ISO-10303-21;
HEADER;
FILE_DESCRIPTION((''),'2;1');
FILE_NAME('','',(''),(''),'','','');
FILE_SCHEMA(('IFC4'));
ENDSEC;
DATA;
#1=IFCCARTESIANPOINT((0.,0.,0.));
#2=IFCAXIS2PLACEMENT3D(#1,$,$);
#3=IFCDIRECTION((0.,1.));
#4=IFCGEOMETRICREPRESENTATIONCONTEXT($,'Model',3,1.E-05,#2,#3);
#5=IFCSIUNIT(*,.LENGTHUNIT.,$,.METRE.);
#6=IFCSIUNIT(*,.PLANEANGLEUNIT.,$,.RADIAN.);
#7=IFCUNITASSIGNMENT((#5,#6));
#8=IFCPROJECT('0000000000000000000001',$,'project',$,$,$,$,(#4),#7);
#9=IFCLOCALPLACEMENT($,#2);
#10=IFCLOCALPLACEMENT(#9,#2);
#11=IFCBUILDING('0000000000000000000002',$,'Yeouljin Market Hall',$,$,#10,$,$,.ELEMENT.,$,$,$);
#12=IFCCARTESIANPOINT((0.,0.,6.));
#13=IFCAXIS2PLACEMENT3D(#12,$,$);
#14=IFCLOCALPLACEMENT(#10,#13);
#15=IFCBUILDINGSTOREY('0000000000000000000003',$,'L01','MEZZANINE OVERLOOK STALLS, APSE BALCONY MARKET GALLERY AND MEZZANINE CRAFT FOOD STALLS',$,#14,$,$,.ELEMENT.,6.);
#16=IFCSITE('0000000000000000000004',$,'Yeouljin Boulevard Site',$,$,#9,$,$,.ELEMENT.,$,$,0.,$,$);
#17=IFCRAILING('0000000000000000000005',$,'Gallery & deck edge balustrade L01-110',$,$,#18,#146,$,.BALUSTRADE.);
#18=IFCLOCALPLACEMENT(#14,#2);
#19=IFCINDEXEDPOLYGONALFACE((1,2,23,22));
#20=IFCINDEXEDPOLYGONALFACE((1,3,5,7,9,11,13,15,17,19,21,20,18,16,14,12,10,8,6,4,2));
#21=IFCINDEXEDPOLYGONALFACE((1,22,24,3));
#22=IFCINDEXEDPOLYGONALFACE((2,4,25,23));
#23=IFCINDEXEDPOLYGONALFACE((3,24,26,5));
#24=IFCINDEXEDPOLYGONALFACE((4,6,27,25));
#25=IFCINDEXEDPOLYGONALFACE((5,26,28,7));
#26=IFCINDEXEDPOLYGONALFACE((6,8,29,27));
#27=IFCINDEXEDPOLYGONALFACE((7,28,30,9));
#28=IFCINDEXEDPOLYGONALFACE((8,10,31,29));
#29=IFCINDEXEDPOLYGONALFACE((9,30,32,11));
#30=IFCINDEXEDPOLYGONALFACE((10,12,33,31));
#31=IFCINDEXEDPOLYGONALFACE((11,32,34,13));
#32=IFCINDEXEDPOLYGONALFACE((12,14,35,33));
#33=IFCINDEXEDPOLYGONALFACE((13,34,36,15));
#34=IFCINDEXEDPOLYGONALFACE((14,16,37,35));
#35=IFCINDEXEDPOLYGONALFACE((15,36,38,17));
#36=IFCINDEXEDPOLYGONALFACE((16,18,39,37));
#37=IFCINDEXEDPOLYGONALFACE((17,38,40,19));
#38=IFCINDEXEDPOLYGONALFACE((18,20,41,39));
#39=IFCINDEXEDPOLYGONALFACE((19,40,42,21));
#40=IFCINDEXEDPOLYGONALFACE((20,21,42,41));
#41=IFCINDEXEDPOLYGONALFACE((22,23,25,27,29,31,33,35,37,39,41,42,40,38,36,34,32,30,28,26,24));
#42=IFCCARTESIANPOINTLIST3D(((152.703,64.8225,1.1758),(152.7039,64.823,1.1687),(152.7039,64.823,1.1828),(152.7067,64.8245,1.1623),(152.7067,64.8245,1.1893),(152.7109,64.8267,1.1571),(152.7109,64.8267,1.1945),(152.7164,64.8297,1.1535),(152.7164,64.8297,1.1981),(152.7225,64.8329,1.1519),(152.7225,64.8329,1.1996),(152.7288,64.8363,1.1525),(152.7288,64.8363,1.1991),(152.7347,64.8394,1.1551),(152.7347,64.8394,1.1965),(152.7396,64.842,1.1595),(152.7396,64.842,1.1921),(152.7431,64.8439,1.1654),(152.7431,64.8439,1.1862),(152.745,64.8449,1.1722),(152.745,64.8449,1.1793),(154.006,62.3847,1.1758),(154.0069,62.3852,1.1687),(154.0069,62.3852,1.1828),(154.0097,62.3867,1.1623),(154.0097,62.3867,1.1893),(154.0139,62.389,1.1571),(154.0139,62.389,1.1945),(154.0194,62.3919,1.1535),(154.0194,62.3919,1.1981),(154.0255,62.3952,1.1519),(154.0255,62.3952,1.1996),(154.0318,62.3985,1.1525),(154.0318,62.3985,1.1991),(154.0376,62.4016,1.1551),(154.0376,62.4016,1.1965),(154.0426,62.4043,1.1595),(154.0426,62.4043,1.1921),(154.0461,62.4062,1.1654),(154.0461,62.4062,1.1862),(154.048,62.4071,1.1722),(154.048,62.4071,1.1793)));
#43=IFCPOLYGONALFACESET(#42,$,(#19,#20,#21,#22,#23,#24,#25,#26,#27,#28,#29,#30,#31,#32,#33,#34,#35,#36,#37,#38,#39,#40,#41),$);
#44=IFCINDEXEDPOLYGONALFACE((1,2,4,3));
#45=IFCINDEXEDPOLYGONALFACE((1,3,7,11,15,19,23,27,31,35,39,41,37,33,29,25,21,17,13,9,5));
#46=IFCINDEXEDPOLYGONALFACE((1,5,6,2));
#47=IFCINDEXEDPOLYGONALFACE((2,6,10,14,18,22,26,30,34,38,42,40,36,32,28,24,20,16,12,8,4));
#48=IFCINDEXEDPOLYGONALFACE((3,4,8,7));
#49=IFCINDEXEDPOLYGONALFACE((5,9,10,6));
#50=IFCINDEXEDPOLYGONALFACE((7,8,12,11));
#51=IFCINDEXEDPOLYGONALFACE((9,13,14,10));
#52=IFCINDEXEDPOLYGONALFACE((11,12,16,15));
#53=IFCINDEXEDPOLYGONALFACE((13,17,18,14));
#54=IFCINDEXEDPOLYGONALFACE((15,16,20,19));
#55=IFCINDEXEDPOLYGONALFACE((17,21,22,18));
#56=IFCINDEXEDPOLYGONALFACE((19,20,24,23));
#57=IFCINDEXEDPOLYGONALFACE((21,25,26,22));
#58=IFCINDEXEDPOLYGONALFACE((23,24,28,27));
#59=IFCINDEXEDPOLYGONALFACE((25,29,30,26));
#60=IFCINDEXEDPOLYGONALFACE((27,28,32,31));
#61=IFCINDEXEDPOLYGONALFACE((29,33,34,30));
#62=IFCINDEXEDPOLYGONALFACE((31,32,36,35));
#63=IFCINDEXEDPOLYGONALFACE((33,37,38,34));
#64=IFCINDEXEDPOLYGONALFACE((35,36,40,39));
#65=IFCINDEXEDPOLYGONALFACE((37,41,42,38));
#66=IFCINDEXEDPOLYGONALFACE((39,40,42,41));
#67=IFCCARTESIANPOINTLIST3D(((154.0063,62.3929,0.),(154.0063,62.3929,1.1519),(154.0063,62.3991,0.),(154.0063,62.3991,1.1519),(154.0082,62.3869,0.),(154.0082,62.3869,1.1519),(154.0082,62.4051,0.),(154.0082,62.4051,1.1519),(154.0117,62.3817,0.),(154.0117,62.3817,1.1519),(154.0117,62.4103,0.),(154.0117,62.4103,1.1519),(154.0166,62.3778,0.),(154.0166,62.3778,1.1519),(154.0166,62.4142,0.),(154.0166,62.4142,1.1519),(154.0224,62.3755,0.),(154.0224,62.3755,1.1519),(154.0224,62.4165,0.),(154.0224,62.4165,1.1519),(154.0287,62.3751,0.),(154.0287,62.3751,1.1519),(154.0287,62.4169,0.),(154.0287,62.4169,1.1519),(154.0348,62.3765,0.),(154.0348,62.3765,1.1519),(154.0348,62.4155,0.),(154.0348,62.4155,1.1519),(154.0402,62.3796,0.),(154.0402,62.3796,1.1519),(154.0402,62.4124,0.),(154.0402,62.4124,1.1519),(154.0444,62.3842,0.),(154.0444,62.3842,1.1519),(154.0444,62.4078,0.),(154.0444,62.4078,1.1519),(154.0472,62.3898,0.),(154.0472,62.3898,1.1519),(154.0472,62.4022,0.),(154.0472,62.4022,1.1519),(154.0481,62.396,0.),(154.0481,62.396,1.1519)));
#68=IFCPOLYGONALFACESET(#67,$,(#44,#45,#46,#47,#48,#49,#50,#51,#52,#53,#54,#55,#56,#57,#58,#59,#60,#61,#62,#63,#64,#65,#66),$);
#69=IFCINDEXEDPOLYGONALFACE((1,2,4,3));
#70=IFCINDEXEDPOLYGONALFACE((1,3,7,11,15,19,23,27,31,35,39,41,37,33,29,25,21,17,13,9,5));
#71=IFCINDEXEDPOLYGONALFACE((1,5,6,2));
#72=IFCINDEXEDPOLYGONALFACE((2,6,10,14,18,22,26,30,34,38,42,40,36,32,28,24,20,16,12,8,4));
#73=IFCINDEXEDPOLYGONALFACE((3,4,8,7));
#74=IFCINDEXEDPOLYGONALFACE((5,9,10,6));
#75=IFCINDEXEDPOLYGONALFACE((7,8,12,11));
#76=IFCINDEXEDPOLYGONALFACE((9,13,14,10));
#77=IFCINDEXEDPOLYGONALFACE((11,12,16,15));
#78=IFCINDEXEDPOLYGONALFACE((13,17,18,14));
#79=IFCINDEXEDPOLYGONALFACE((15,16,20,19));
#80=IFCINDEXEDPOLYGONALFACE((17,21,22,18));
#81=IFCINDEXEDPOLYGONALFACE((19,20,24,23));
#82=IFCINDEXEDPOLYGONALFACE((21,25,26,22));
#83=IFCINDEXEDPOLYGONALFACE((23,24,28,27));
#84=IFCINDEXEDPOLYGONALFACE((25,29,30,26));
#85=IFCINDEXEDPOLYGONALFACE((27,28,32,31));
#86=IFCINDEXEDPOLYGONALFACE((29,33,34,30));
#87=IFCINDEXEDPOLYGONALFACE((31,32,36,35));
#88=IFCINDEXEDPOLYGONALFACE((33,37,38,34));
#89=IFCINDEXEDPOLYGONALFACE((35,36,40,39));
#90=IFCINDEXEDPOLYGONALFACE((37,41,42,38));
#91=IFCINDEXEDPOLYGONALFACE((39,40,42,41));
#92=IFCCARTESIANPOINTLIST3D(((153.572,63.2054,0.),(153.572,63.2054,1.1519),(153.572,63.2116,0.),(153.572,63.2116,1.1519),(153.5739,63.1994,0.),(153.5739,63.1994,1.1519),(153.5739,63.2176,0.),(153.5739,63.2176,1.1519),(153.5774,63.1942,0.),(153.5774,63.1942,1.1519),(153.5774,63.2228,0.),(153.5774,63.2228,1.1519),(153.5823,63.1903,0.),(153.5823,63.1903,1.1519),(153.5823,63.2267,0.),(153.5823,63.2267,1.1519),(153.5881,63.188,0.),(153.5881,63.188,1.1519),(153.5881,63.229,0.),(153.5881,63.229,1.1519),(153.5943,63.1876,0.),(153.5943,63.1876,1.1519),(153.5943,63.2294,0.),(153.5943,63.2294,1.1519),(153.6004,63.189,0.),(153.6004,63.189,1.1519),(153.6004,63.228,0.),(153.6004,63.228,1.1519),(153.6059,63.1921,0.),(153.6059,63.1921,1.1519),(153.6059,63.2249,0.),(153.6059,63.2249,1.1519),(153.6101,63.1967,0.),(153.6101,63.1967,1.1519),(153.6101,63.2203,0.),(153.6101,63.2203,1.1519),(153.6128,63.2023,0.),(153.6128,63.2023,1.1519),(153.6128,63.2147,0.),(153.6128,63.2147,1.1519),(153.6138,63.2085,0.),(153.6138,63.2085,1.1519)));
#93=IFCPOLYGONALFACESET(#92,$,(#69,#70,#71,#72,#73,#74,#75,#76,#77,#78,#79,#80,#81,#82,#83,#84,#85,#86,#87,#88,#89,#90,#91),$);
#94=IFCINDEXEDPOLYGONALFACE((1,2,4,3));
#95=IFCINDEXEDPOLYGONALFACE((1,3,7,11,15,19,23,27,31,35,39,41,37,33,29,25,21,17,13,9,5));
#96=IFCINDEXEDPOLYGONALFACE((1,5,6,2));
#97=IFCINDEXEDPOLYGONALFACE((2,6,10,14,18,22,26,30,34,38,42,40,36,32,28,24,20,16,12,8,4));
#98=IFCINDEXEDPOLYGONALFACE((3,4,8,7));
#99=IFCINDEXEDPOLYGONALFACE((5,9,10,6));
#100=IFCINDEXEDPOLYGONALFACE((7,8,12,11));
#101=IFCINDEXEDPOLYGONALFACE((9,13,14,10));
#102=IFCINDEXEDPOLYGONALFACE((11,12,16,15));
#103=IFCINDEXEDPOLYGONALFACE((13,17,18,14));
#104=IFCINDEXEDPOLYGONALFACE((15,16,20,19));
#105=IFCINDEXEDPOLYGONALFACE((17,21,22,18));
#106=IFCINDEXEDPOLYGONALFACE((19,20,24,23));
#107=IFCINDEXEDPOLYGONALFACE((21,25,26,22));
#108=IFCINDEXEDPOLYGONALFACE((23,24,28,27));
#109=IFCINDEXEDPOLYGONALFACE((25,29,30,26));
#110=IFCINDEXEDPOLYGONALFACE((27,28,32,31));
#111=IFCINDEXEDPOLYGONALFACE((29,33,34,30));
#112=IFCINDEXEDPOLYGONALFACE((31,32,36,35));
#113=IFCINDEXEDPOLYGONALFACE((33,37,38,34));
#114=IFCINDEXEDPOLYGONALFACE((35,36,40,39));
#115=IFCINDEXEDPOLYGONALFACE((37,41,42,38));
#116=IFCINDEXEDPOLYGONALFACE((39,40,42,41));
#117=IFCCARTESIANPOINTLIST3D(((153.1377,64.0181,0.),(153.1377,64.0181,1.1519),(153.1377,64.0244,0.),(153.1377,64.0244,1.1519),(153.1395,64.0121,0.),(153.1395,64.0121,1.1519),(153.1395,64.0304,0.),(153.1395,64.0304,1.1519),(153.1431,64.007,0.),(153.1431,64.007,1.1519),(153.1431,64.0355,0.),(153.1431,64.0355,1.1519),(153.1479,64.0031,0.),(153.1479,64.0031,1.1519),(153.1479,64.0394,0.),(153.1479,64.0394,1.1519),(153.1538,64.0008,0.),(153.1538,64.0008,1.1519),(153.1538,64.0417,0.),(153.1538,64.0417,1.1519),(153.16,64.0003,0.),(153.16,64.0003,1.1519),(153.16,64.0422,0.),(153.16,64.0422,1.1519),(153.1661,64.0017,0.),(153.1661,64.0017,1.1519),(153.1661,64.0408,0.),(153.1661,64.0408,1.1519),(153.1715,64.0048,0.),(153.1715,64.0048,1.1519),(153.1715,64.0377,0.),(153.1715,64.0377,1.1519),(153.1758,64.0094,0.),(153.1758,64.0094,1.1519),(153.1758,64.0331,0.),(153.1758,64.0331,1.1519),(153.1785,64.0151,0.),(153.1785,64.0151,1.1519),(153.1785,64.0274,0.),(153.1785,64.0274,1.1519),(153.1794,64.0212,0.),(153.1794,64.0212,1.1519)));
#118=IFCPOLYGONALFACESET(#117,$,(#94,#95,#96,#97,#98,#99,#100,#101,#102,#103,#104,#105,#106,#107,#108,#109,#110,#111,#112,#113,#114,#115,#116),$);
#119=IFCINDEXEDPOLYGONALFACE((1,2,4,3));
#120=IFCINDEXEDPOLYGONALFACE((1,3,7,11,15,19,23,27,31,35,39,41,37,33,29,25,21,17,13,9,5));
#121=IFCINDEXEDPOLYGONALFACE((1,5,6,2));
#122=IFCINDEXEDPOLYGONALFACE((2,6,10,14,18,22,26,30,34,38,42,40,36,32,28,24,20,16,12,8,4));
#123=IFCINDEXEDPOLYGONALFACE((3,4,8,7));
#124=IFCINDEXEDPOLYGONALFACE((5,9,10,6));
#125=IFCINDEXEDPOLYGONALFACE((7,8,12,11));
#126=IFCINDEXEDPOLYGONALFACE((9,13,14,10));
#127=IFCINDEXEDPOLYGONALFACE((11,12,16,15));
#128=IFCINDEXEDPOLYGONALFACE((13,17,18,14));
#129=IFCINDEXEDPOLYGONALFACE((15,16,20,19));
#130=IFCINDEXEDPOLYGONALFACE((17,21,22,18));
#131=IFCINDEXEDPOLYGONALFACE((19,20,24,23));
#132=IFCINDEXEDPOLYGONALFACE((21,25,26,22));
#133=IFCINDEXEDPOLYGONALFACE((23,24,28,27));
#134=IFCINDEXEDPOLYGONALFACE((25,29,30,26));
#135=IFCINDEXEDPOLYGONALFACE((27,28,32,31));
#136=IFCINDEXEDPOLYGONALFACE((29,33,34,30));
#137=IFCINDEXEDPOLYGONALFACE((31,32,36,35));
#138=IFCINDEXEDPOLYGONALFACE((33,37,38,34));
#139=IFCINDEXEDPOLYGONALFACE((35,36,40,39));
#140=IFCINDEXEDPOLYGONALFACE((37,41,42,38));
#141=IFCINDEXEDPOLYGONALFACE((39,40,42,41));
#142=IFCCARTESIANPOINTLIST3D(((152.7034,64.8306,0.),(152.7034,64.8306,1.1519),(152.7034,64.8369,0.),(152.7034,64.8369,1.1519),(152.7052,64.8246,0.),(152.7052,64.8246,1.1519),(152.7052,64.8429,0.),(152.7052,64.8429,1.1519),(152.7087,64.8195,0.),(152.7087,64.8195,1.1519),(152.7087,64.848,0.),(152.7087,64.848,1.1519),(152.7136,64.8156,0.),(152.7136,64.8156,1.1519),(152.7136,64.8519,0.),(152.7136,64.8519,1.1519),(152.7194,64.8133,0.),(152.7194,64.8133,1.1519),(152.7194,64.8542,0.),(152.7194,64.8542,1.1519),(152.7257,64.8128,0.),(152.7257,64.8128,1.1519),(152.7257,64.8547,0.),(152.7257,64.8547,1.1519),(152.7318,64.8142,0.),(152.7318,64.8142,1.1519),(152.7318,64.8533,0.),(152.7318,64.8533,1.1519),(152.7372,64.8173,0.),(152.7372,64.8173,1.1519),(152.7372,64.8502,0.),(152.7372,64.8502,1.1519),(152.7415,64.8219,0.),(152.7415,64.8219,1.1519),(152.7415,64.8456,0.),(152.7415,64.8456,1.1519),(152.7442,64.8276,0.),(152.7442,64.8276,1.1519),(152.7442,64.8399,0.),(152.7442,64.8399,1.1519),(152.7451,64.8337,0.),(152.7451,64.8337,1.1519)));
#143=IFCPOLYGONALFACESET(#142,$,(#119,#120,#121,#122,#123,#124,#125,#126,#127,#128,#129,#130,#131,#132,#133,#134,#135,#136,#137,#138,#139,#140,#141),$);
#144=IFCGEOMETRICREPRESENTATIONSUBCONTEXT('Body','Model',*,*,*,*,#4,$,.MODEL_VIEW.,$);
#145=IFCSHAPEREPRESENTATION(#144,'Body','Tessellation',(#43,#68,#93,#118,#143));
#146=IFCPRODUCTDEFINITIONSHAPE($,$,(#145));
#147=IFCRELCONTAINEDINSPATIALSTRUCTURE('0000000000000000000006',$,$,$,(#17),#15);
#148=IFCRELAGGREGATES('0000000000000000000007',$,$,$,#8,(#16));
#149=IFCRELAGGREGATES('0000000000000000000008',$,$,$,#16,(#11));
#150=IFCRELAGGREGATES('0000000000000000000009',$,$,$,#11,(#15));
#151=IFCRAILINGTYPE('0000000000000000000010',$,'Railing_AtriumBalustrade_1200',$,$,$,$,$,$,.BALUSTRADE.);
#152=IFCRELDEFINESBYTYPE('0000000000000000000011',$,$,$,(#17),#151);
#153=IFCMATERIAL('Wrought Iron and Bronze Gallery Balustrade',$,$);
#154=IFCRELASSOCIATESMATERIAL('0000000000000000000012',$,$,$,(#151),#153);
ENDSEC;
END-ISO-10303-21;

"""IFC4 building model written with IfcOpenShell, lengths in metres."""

from ifc_helpers import new_model, si_unit, direction, frame, origin, origin_2d, place, context, subcontext, project, spatial, circle, extrude, material, type_object, element, save


model = new_model("IFC4")

# Units and contexts
model_context = context("Model", 3, precision=1e-05, world=origin(), true_north=direction((0.0, 1.0)))
body_context = subcontext(model_context, "Body", "Model", "MODEL_VIEW")
ifc_project = project(units=[si_unit("LENGTHUNIT", "METRE"), si_unit("PLANEANGLEUNIT", "RADIAN")], contexts=[model_context])

# Site, building, storey
site_placement = place(None, origin())
site = spatial("IfcSite", under=ifc_project, at=site_placement, Name="Yeouljin Boulevard Site", CompositionType="ELEMENT", RefElevation=0.0)
building_placement = place(site_placement, origin())
building = spatial("IfcBuilding", under=site, at=building_placement, Name="Yeouljin Market Hall", CompositionType="ELEMENT")
storey_placement = place(building_placement, frame((0.0, 0.0, 6.0)))
storey = spatial("IfcBuildingStorey", under=building, at=storey_placement, Name="L01", Description="MEZZANINE OVERLOOK STALLS, APSE BALCONY MARKET GALLERY AND MEZZANINE CRAFT FOOD STALLS", CompositionType="ELEMENT", Elevation=6.0)

# Railing
ifc_material_1 = material(Name="Wrought Iron and Bronze Gallery Balustrade")
railing_type = type_object("IfcRailingType", Name="Railing_AtriumBalustrade_1200", PredefinedType="BALUSTRADE", material=ifc_material_1)
railing_1_placement = place(storey_placement, frame((154.0271, 62.396, 0.0)))
element("IfcRailing", 1, at=railing_1_placement, inside=storey, type_object=railing_type, Name="Gallery & deck edge balustrade L01-110", PredefinedType="BALUSTRADE", context=body_context, shape_type="SweptSolid", body=[
    extrude(circle(Radius=0.0239, at=origin_2d()), frame((0.0, 0.0, 1.1758), z_axis=(-0.47139, 0.881925, 0.0), x_axis=(-0.881925, -0.47139, 0.0)), (0.0, 0.0, 1.0), 2.7642),
    extrude(circle(Radius=0.021, at=origin_2d()), origin(), (0.0, 0.0, 1.0), 1.1519),
    extrude(circle(Radius=0.021, at=origin_2d()), frame((-0.4343, 0.8125, 0.0)), (0.0, 0.0, 1.0), 1.1519),
    extrude(circle(Radius=0.021, at=origin_2d()), frame((-0.8687, 1.6252, 0.0)), (0.0, 0.0, 1.0), 1.1519),
    extrude(circle(Radius=0.021, at=origin_2d()), frame((-1.303, 2.4377, 0.0)), (0.0, 0.0, 1.0), 1.1519),
])

save(model, "model.ifc")
